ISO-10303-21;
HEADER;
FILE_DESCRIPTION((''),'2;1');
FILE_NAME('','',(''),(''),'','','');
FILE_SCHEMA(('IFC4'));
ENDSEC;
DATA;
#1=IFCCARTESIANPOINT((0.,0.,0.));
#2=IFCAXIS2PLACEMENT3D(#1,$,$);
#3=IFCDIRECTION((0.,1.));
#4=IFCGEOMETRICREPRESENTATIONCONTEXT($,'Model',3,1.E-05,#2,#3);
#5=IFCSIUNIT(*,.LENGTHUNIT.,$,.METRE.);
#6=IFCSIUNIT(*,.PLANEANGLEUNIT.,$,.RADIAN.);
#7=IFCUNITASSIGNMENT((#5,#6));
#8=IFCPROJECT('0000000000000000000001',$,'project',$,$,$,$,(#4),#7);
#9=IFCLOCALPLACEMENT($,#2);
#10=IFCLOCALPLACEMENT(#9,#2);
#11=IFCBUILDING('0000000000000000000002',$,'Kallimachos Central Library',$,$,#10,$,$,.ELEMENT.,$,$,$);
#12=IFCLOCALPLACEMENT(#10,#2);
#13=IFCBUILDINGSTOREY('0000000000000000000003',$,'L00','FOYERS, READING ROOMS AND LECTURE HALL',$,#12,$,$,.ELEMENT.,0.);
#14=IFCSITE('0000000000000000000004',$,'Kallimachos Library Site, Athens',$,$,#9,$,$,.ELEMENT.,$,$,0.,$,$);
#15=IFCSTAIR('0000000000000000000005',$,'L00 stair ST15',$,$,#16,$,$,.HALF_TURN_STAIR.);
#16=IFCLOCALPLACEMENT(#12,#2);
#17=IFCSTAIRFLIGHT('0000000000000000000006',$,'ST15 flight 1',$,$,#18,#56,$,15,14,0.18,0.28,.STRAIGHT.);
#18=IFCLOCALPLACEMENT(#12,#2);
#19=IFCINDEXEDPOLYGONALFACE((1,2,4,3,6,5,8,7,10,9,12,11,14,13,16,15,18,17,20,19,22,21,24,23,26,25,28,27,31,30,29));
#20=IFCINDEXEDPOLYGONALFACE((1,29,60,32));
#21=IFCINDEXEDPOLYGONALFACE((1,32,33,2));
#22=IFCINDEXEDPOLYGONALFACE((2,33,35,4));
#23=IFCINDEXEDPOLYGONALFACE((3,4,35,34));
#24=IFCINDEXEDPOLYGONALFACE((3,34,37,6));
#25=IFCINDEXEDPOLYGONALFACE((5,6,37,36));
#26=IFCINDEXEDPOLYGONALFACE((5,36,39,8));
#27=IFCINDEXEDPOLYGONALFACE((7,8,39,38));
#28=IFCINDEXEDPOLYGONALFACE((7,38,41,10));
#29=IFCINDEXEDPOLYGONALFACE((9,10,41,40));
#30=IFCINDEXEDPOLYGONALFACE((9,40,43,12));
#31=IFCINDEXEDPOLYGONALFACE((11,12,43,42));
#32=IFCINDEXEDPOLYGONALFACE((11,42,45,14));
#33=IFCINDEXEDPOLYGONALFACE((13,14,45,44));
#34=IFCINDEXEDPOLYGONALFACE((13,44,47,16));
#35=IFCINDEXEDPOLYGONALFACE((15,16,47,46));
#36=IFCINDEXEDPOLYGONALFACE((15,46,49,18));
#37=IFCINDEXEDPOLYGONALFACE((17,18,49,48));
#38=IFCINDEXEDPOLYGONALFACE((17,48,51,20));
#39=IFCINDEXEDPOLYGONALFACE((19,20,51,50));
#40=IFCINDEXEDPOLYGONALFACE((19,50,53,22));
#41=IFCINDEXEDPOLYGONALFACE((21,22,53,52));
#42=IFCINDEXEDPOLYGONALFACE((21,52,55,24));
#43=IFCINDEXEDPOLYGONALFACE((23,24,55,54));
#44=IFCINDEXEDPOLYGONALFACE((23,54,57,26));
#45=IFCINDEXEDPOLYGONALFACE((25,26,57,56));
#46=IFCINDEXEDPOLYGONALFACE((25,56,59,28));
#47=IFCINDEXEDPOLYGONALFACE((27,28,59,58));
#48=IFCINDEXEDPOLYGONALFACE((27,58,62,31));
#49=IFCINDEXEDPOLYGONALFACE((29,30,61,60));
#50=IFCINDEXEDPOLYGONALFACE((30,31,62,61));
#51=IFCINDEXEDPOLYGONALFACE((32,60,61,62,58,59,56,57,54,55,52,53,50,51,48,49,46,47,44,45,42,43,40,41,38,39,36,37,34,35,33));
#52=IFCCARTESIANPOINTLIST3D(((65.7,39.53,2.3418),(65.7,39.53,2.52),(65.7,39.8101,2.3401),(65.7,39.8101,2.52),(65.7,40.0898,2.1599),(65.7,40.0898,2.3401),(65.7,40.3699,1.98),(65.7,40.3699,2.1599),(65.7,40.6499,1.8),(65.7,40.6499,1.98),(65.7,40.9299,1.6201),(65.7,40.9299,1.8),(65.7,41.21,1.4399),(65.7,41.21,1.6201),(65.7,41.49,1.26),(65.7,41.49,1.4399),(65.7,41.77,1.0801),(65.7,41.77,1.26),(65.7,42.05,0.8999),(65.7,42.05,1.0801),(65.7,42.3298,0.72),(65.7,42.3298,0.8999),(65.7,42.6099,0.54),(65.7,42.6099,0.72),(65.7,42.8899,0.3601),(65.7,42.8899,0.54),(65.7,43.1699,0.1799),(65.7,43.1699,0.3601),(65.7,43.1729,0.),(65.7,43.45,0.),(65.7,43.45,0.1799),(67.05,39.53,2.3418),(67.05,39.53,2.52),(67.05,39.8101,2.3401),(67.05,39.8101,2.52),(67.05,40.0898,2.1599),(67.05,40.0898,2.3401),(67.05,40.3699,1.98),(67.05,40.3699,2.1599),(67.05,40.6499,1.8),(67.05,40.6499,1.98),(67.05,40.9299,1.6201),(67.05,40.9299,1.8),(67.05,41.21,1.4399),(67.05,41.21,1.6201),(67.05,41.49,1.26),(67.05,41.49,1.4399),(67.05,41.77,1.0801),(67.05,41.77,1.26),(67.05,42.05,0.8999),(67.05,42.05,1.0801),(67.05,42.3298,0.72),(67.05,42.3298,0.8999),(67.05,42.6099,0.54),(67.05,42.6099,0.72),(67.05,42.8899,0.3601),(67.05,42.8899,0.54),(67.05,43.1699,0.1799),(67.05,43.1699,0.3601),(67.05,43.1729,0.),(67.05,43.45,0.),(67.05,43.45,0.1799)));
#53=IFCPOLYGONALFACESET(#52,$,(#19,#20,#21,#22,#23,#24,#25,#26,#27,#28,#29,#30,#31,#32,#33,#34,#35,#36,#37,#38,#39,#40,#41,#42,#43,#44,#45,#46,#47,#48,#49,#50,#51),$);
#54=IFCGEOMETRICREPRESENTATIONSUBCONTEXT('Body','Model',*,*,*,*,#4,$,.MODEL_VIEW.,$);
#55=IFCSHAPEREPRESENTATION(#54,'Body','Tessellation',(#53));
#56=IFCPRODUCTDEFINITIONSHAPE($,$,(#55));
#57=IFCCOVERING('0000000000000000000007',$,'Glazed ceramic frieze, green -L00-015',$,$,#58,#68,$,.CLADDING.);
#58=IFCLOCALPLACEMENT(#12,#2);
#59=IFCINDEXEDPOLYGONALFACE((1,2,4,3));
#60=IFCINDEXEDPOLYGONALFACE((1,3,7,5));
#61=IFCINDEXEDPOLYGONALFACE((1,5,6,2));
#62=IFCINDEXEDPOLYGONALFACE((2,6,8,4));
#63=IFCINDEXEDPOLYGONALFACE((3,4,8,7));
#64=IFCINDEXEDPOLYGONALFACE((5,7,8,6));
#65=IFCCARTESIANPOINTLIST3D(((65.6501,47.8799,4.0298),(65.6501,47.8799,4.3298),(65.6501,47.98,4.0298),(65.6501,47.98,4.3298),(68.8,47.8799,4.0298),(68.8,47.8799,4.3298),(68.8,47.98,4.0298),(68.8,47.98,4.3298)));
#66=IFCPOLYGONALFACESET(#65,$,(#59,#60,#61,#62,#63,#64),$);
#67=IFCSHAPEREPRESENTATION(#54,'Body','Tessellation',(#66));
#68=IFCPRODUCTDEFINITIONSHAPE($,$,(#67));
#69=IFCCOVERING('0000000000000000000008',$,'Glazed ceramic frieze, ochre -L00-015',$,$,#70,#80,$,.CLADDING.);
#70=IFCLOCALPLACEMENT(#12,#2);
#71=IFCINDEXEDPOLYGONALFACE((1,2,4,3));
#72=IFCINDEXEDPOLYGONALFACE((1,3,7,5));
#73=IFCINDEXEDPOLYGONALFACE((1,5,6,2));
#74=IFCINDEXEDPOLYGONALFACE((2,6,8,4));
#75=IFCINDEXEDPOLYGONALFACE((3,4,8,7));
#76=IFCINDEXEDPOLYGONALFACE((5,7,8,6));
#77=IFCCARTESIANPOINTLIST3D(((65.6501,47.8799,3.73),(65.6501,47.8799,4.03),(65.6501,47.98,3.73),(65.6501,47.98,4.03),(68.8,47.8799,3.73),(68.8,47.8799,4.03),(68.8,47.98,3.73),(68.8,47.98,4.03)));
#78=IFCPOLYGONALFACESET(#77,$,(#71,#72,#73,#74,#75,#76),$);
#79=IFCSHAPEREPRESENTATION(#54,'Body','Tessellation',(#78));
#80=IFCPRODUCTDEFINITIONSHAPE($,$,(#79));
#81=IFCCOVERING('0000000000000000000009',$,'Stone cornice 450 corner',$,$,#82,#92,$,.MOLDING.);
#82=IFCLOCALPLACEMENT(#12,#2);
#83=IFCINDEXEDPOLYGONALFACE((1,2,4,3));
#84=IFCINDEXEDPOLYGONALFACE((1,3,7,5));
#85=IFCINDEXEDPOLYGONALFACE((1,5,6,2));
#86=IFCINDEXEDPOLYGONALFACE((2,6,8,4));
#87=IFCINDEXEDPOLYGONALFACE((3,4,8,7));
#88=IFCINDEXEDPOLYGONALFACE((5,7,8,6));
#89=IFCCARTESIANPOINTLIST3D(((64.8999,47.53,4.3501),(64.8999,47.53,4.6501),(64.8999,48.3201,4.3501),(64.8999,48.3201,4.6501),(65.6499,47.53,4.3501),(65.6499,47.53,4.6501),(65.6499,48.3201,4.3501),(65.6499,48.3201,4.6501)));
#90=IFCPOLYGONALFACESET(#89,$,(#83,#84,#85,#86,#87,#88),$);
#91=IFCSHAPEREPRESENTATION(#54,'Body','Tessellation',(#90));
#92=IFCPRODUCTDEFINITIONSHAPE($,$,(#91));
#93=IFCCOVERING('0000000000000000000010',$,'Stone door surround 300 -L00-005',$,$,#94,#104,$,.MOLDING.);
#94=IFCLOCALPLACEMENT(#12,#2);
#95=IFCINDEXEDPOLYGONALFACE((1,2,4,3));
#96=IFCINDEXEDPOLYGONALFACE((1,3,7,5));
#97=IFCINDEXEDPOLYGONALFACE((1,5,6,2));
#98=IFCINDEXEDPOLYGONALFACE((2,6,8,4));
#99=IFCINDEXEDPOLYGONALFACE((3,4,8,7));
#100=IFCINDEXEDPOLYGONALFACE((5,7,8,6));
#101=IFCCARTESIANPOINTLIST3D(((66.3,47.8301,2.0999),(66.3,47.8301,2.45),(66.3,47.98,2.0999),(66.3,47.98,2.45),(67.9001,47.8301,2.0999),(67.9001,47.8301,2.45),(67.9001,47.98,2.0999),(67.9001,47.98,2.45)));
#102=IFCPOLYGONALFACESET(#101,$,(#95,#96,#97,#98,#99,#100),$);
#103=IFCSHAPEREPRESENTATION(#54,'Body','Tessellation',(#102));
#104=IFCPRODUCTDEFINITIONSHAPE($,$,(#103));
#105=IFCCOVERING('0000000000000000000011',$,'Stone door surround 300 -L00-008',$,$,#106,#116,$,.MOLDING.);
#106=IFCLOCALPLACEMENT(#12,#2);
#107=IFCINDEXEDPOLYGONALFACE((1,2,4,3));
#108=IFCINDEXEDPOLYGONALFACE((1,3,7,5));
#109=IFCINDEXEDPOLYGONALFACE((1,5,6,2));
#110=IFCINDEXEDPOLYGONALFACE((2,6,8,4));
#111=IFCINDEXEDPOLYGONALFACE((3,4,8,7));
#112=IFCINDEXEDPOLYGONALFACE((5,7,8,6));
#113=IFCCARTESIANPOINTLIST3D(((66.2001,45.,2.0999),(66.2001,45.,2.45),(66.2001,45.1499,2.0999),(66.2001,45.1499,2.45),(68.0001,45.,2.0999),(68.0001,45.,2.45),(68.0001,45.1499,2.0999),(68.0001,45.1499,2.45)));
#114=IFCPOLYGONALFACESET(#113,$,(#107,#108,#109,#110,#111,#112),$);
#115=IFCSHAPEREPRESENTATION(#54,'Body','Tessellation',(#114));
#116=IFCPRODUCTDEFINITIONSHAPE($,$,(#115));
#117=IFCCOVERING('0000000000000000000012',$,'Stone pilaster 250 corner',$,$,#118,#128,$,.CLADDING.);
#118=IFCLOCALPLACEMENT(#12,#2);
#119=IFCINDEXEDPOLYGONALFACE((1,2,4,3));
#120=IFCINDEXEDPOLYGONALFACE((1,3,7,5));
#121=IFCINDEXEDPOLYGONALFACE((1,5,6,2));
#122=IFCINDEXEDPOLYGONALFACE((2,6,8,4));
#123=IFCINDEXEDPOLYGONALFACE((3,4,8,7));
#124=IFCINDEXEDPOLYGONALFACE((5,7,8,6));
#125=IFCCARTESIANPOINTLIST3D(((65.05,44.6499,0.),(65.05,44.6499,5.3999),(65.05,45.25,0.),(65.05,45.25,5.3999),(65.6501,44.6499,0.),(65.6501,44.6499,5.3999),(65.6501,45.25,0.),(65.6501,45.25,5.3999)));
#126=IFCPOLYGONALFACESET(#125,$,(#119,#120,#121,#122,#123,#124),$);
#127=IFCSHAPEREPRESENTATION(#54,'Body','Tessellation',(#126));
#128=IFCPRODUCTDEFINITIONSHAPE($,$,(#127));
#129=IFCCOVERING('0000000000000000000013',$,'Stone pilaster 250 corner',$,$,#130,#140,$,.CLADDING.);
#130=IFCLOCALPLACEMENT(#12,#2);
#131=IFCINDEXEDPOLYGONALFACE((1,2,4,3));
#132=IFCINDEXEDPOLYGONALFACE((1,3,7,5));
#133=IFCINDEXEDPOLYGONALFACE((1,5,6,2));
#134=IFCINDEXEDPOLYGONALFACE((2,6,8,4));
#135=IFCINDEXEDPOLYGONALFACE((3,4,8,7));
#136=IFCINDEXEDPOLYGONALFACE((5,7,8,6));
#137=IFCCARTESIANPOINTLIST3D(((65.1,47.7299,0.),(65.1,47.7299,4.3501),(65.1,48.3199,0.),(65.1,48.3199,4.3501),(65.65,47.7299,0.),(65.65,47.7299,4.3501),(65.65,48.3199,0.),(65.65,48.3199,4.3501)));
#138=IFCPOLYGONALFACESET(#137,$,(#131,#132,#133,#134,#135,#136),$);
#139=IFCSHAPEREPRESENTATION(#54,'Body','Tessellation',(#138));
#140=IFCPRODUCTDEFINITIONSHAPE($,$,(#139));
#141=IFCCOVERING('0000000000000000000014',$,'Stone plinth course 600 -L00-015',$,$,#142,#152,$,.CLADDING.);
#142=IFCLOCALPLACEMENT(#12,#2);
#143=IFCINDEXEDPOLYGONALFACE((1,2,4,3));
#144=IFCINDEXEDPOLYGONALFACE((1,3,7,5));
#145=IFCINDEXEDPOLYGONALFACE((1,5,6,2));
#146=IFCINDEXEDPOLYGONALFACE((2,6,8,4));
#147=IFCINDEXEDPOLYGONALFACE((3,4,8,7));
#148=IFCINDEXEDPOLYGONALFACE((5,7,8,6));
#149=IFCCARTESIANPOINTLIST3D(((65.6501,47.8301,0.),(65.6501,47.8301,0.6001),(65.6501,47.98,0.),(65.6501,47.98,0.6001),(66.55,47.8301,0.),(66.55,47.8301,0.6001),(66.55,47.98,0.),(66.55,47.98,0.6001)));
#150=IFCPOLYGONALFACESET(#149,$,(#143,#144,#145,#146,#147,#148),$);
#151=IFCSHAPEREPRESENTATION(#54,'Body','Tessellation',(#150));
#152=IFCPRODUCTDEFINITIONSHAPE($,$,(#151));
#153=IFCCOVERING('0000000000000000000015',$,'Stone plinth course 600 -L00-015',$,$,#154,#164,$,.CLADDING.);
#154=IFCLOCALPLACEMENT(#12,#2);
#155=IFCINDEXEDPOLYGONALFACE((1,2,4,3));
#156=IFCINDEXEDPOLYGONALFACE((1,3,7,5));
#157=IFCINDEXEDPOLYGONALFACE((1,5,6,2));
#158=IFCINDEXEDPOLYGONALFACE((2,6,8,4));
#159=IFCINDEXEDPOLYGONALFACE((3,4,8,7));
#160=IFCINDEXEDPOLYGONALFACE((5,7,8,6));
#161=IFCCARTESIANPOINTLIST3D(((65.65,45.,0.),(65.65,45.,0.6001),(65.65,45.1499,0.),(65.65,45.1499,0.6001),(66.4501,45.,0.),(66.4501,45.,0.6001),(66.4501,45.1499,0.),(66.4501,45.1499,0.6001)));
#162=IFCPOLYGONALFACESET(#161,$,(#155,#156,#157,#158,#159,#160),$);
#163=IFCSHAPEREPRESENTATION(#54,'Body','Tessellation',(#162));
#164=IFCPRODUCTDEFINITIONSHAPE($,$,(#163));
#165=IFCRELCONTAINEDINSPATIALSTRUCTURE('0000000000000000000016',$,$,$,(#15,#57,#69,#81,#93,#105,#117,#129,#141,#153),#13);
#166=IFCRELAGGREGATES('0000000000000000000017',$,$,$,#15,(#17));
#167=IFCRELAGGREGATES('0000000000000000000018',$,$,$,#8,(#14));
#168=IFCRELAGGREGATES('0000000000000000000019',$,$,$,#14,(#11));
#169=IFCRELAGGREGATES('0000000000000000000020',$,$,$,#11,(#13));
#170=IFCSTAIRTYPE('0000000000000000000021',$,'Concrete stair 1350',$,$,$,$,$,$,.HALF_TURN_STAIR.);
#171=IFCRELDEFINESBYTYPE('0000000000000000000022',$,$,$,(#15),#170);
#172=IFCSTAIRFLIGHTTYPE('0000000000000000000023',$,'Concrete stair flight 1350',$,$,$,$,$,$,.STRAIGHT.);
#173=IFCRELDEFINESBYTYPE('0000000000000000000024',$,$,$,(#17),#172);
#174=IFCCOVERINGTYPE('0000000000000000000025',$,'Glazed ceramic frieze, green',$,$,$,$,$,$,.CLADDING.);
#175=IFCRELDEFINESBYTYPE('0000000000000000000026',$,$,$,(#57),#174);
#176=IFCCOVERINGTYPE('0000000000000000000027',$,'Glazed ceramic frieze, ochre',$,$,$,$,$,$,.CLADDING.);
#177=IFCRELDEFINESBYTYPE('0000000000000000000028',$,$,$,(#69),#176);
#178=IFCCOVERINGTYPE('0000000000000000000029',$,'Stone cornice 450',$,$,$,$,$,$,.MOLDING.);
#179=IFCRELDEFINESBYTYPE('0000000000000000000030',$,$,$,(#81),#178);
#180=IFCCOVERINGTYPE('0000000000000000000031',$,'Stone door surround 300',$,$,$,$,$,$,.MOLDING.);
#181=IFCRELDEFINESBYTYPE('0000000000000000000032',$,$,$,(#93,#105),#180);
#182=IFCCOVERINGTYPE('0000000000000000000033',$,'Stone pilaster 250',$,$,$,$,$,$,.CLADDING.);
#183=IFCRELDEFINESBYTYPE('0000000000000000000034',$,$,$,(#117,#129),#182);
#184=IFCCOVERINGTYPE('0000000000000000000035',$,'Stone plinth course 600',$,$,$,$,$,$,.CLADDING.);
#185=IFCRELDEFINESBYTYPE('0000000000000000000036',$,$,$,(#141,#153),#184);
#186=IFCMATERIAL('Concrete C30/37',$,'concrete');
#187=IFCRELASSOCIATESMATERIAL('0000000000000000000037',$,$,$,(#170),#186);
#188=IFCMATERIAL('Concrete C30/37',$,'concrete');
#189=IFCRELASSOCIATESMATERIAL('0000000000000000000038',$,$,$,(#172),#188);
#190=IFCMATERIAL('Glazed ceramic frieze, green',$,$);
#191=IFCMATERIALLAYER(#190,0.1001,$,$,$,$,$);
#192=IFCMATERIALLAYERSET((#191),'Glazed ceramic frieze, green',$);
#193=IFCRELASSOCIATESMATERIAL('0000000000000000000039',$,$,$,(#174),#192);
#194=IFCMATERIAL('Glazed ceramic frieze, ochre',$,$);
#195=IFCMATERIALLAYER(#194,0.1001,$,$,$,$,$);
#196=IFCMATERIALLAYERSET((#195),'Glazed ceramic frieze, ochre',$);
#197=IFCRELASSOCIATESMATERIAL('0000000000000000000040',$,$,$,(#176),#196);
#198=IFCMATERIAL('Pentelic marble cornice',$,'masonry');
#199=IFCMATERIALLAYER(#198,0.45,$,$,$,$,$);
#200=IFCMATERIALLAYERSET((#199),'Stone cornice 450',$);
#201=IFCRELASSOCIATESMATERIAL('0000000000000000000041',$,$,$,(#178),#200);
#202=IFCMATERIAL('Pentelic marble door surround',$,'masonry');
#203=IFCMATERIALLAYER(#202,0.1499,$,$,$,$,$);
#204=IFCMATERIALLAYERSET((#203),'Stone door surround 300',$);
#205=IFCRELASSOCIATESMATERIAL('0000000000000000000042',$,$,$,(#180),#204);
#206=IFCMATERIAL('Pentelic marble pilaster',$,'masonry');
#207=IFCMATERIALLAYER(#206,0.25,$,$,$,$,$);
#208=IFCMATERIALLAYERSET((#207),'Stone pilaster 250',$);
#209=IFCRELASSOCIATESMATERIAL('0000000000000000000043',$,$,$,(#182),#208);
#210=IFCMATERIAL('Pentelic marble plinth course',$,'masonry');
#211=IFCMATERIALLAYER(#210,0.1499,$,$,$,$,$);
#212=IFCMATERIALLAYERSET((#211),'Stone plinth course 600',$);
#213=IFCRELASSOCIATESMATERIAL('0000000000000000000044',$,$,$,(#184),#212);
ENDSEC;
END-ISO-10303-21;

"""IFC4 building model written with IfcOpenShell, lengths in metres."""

from ifc_helpers import new_model, si_unit, direction, frame, origin, origin_2d, place, context, subcontext, project, spatial, polyline, rectangle, outline, extrude, material, layer, layer_set, type_object, element, aggregate, save


model = new_model("IFC4")

# Units and contexts
model_context = context("Model", 3, precision=1e-05, world=origin(), true_north=direction((0.0, 1.0)))
body_context = subcontext(model_context, "Body", "Model", "MODEL_VIEW")
ifc_project = project(units=[si_unit("LENGTHUNIT", "METRE"), si_unit("PLANEANGLEUNIT", "RADIAN")], contexts=[model_context])

# Site, building, storey
site_placement = place(None, origin())
site = spatial("IfcSite", under=ifc_project, at=site_placement, Name="Kallimachos Library Site, Athens", CompositionType="ELEMENT", RefElevation=0.0)
building_placement = place(site_placement, origin())
building = spatial("IfcBuilding", under=site, at=building_placement, Name="Kallimachos Central Library", CompositionType="ELEMENT")
storey_placement = place(building_placement, origin())
storey = spatial("IfcBuildingStorey", under=building, at=storey_placement, Name="L00", Description="FOYERS, READING ROOMS AND LECTURE HALL", CompositionType="ELEMENT", Elevation=0.0)

# Stair, stair flight
ifc_material_1 = material(Name="Concrete C30/37", Category="concrete")
stair_type = type_object("IfcStairType", Name="Concrete stair 1350", PredefinedType="HALF_TURN_STAIR", material=ifc_material_1)
stair_placement = place(storey_placement, origin())
stair = element("IfcStair", 1, at=stair_placement, inside=storey, type_object=stair_type, Name="L00 stair ST15", PredefinedType="HALF_TURN_STAIR")
ifc_material_2 = material(Name="Concrete C30/37", Category="concrete")
stair_flight_type = type_object("IfcStairFlightType", Name="Concrete stair flight 1350", PredefinedType="STRAIGHT", material=ifc_material_2)
stair_flight_placement = place(storey_placement, frame((66.375, 43.45, 0.0), z_axis=(0.0, 0.0, 1.0), x_axis=(0.0, -1.0, 0.0)))
stair_flight = element("IfcStairFlight", 2, at=stair_flight_placement, type_object=stair_flight_type, Name="ST15 flight 1", NumberOfRisers=15, NumberOfTreads=14, PredefinedType="STRAIGHT", RiserHeight=0.18, TreadLength=0.28, context=body_context, shape_type="SweptSolid", body=[
    extrude(outline(polyline([(0.0, 0.0), (0.0, 0.1799), (0.28, 0.1799), (0.28, 0.3601), (0.5601, 0.3601), (0.5601, 0.54), (0.8401, 0.54), (0.8401, 0.72), (1.1201, 0.72), (1.1201, 0.8999), (1.3999, 0.8999), (1.3999, 1.0801), (1.6799, 1.0801), (1.6799, 1.26), (1.96, 1.26), (1.96, 1.4399), (2.24, 1.4399), (2.24, 1.6201), (2.52, 1.6201), (2.52, 1.8), (2.8, 1.8), (2.8, 1.98), (3.0801, 1.98), (3.0801, 2.1599), (3.3601, 2.1599), (3.3601, 2.3401), (3.6399, 2.3401), (3.6399, 2.52), (3.9199, 2.52), (3.9199, 2.7), (3.9199, 2.3418), (0.2771, 0.0), (0.0, 0.0)])), frame((0.0, 0.675, 0.0), z_axis=(0.0, -1.0, 0.0), x_axis=(1.0, 0.0, 0.0)), (0.0, 0.0, 1.0), 1.3501),
])
aggregate(stair, [stair_flight])

# Coverings
ifc_material_3 = material(Name="Glazed ceramic frieze, green")
ifc_layer_1 = layer(ifc_material_3, 0.1001)
ifc_layer_set_1 = layer_set([ifc_layer_1], Name="Glazed ceramic frieze, green")
covering_type_1 = type_object("IfcCoveringType", Name="Glazed ceramic frieze, green", PredefinedType="CLADDING", material=ifc_layer_set_1)
covering_1_placement = place(storey_placement, frame((67.2251, 47.9299, 4.0298), z_axis=(0.0, 0.0, 1.0), x_axis=(1.0, 0.0, 0.0)))
element("IfcCovering", 3, at=covering_1_placement, inside=storey, type_object=covering_type_1, Name="Glazed ceramic frieze, green -L00-015", PredefinedType="CLADDING", context=body_context, shape_type="SweptSolid", body=[
    extrude(rectangle(XDim=3.1499, YDim=0.1001, at=origin_2d()), origin(), (0.0, 0.0, 1.0), 0.3),
])
ifc_material_4 = material(Name="Glazed ceramic frieze, ochre")
ifc_layer_2 = layer(ifc_material_4, 0.1001)
ifc_layer_set_2 = layer_set([ifc_layer_2], Name="Glazed ceramic frieze, ochre")
covering_type_2 = type_object("IfcCoveringType", Name="Glazed ceramic frieze, ochre", PredefinedType="CLADDING", material=ifc_layer_set_2)
covering_2_placement = place(storey_placement, frame((67.2251, 47.9299, 3.73), z_axis=(0.0, 0.0, 1.0), x_axis=(1.0, 0.0, 0.0)))
element("IfcCovering", 4, at=covering_2_placement, inside=storey, type_object=covering_type_2, Name="Glazed ceramic frieze, ochre -L00-015", PredefinedType="CLADDING", context=body_context, shape_type="SweptSolid", body=[
    extrude(rectangle(XDim=3.1499, YDim=0.1001, at=origin_2d()), origin(), (0.0, 0.0, 1.0), 0.3),
])
ifc_material_5 = material(Name="Pentelic marble cornice", Category="masonry")
ifc_layer_3 = layer(ifc_material_5, 0.45)
ifc_layer_set_3 = layer_set([ifc_layer_3], Name="Stone cornice 450")
covering_type_3 = type_object("IfcCoveringType", Name="Stone cornice 450", PredefinedType="MOLDING", material=ifc_layer_set_3)
covering_3_placement = place(storey_placement, frame((65.2749, 47.925, 4.3501), z_axis=(0.0, 0.0, 1.0), x_axis=(1.0, 0.0, 0.0)))
element("IfcCovering", 5, at=covering_3_placement, inside=storey, type_object=covering_type_3, Name="Stone cornice 450 corner", PredefinedType="MOLDING", context=body_context, shape_type="SweptSolid", body=[
    extrude(rectangle(XDim=0.75, YDim=0.79, at=origin_2d()), origin(), (0.0, 0.0, 1.0), 0.3),
])
ifc_material_6 = material(Name="Pentelic marble door surround", Category="masonry")
ifc_layer_4 = layer(ifc_material_6, 0.1499)
ifc_layer_set_4 = layer_set([ifc_layer_4], Name="Stone door surround 300")
covering_type_4 = type_object("IfcCoveringType", Name="Stone door surround 300", PredefinedType="MOLDING", material=ifc_layer_set_4)
covering_4_placement = place(storey_placement, frame((67.1001, 47.905, 2.0999), z_axis=(0.0, 0.0, 1.0), x_axis=(1.0, 0.0, 0.0)))
element("IfcCovering", 6, at=covering_4_placement, inside=storey, type_object=covering_type_4, Name="Stone door surround 300 -L00-005", PredefinedType="MOLDING", context=body_context, shape_type="SweptSolid", body=[
    extrude(rectangle(XDim=1.6001, YDim=0.1499, at=origin_2d()), origin(), (0.0, 0.0, 1.0), 0.3501),
])
covering_5_placement = place(storey_placement, frame((67.1001, 45.075, 2.0999), z_axis=(0.0, 0.0, 1.0), x_axis=(1.0, 0.0, 0.0)))
element("IfcCovering", 7, at=covering_5_placement, inside=storey, type_object=covering_type_4, Name="Stone door surround 300 -L00-008", PredefinedType="MOLDING", context=body_context, shape_type="SweptSolid", body=[
    extrude(rectangle(XDim=1.8, YDim=0.1499, at=origin_2d()), origin(), (0.0, 0.0, 1.0), 0.3501),
])
ifc_material_7 = material(Name="Pentelic marble pilaster", Category="masonry")
ifc_layer_5 = layer(ifc_material_7, 0.25)
ifc_layer_set_5 = layer_set([ifc_layer_5], Name="Stone pilaster 250")
covering_type_5 = type_object("IfcCoveringType", Name="Stone pilaster 250", PredefinedType="CLADDING", material=ifc_layer_set_5)
covering_6_placement = place(storey_placement, frame((65.3501, 44.95, 0.0), z_axis=(0.0, 0.0, 1.0), x_axis=(1.0, 0.0, 0.0)))
element("IfcCovering", 8, at=covering_6_placement, inside=storey, type_object=covering_type_5, Name="Stone pilaster 250 corner", PredefinedType="CLADDING", context=body_context, shape_type="SweptSolid", body=[
    extrude(rectangle(XDim=0.6001, YDim=0.6001, at=origin_2d()), origin(), (0.0, 0.0, 1.0), 5.3999),
])
covering_7_placement = place(storey_placement, frame((65.375, 48.0249, 0.0), z_axis=(0.0, 0.0, 1.0), x_axis=(1.0, 0.0, 0.0)))
element("IfcCovering", 9, at=covering_7_placement, inside=storey, type_object=covering_type_5, Name="Stone pilaster 250 corner", PredefinedType="CLADDING", context=body_context, shape_type="SweptSolid", body=[
    extrude(rectangle(XDim=0.55, YDim=0.5901, at=origin_2d()), origin(), (0.0, 0.0, 1.0), 4.3501),
])
ifc_material_8 = material(Name="Pentelic marble plinth course", Category="masonry")
ifc_layer_6 = layer(ifc_material_8, 0.1499)
ifc_layer_set_6 = layer_set([ifc_layer_6], Name="Stone plinth course 600")
covering_type_6 = type_object("IfcCoveringType", Name="Stone plinth course 600", PredefinedType="CLADDING", material=ifc_layer_set_6)
covering_8_placement = place(storey_placement, frame((66.1001, 47.905, 0.0), z_axis=(0.0, 0.0, 1.0), x_axis=(1.0, 0.0, 0.0)))
element("IfcCovering", 10, at=covering_8_placement, inside=storey, type_object=covering_type_6, Name="Stone plinth course 600 -L00-015", PredefinedType="CLADDING", context=body_context, shape_type="SweptSolid", body=[
    extrude(rectangle(XDim=0.8999, YDim=0.1499, at=origin_2d()), origin(), (0.0, 0.0, 1.0), 0.6001),
])
covering_9_placement = place(storey_placement, frame((66.05, 45.075, 0.0), z_axis=(0.0, 0.0, 1.0), x_axis=(1.0, 0.0, 0.0)))
element("IfcCovering", 11, at=covering_9_placement, inside=storey, type_object=covering_type_6, Name="Stone plinth course 600 -L00-015", PredefinedType="CLADDING", context=body_context, shape_type="SweptSolid", body=[
    extrude(rectangle(XDim=0.8, YDim=0.1499, at=origin_2d()), origin(), (0.0, 0.0, 1.0), 0.6001),
])

save(model, "model.ifc")
